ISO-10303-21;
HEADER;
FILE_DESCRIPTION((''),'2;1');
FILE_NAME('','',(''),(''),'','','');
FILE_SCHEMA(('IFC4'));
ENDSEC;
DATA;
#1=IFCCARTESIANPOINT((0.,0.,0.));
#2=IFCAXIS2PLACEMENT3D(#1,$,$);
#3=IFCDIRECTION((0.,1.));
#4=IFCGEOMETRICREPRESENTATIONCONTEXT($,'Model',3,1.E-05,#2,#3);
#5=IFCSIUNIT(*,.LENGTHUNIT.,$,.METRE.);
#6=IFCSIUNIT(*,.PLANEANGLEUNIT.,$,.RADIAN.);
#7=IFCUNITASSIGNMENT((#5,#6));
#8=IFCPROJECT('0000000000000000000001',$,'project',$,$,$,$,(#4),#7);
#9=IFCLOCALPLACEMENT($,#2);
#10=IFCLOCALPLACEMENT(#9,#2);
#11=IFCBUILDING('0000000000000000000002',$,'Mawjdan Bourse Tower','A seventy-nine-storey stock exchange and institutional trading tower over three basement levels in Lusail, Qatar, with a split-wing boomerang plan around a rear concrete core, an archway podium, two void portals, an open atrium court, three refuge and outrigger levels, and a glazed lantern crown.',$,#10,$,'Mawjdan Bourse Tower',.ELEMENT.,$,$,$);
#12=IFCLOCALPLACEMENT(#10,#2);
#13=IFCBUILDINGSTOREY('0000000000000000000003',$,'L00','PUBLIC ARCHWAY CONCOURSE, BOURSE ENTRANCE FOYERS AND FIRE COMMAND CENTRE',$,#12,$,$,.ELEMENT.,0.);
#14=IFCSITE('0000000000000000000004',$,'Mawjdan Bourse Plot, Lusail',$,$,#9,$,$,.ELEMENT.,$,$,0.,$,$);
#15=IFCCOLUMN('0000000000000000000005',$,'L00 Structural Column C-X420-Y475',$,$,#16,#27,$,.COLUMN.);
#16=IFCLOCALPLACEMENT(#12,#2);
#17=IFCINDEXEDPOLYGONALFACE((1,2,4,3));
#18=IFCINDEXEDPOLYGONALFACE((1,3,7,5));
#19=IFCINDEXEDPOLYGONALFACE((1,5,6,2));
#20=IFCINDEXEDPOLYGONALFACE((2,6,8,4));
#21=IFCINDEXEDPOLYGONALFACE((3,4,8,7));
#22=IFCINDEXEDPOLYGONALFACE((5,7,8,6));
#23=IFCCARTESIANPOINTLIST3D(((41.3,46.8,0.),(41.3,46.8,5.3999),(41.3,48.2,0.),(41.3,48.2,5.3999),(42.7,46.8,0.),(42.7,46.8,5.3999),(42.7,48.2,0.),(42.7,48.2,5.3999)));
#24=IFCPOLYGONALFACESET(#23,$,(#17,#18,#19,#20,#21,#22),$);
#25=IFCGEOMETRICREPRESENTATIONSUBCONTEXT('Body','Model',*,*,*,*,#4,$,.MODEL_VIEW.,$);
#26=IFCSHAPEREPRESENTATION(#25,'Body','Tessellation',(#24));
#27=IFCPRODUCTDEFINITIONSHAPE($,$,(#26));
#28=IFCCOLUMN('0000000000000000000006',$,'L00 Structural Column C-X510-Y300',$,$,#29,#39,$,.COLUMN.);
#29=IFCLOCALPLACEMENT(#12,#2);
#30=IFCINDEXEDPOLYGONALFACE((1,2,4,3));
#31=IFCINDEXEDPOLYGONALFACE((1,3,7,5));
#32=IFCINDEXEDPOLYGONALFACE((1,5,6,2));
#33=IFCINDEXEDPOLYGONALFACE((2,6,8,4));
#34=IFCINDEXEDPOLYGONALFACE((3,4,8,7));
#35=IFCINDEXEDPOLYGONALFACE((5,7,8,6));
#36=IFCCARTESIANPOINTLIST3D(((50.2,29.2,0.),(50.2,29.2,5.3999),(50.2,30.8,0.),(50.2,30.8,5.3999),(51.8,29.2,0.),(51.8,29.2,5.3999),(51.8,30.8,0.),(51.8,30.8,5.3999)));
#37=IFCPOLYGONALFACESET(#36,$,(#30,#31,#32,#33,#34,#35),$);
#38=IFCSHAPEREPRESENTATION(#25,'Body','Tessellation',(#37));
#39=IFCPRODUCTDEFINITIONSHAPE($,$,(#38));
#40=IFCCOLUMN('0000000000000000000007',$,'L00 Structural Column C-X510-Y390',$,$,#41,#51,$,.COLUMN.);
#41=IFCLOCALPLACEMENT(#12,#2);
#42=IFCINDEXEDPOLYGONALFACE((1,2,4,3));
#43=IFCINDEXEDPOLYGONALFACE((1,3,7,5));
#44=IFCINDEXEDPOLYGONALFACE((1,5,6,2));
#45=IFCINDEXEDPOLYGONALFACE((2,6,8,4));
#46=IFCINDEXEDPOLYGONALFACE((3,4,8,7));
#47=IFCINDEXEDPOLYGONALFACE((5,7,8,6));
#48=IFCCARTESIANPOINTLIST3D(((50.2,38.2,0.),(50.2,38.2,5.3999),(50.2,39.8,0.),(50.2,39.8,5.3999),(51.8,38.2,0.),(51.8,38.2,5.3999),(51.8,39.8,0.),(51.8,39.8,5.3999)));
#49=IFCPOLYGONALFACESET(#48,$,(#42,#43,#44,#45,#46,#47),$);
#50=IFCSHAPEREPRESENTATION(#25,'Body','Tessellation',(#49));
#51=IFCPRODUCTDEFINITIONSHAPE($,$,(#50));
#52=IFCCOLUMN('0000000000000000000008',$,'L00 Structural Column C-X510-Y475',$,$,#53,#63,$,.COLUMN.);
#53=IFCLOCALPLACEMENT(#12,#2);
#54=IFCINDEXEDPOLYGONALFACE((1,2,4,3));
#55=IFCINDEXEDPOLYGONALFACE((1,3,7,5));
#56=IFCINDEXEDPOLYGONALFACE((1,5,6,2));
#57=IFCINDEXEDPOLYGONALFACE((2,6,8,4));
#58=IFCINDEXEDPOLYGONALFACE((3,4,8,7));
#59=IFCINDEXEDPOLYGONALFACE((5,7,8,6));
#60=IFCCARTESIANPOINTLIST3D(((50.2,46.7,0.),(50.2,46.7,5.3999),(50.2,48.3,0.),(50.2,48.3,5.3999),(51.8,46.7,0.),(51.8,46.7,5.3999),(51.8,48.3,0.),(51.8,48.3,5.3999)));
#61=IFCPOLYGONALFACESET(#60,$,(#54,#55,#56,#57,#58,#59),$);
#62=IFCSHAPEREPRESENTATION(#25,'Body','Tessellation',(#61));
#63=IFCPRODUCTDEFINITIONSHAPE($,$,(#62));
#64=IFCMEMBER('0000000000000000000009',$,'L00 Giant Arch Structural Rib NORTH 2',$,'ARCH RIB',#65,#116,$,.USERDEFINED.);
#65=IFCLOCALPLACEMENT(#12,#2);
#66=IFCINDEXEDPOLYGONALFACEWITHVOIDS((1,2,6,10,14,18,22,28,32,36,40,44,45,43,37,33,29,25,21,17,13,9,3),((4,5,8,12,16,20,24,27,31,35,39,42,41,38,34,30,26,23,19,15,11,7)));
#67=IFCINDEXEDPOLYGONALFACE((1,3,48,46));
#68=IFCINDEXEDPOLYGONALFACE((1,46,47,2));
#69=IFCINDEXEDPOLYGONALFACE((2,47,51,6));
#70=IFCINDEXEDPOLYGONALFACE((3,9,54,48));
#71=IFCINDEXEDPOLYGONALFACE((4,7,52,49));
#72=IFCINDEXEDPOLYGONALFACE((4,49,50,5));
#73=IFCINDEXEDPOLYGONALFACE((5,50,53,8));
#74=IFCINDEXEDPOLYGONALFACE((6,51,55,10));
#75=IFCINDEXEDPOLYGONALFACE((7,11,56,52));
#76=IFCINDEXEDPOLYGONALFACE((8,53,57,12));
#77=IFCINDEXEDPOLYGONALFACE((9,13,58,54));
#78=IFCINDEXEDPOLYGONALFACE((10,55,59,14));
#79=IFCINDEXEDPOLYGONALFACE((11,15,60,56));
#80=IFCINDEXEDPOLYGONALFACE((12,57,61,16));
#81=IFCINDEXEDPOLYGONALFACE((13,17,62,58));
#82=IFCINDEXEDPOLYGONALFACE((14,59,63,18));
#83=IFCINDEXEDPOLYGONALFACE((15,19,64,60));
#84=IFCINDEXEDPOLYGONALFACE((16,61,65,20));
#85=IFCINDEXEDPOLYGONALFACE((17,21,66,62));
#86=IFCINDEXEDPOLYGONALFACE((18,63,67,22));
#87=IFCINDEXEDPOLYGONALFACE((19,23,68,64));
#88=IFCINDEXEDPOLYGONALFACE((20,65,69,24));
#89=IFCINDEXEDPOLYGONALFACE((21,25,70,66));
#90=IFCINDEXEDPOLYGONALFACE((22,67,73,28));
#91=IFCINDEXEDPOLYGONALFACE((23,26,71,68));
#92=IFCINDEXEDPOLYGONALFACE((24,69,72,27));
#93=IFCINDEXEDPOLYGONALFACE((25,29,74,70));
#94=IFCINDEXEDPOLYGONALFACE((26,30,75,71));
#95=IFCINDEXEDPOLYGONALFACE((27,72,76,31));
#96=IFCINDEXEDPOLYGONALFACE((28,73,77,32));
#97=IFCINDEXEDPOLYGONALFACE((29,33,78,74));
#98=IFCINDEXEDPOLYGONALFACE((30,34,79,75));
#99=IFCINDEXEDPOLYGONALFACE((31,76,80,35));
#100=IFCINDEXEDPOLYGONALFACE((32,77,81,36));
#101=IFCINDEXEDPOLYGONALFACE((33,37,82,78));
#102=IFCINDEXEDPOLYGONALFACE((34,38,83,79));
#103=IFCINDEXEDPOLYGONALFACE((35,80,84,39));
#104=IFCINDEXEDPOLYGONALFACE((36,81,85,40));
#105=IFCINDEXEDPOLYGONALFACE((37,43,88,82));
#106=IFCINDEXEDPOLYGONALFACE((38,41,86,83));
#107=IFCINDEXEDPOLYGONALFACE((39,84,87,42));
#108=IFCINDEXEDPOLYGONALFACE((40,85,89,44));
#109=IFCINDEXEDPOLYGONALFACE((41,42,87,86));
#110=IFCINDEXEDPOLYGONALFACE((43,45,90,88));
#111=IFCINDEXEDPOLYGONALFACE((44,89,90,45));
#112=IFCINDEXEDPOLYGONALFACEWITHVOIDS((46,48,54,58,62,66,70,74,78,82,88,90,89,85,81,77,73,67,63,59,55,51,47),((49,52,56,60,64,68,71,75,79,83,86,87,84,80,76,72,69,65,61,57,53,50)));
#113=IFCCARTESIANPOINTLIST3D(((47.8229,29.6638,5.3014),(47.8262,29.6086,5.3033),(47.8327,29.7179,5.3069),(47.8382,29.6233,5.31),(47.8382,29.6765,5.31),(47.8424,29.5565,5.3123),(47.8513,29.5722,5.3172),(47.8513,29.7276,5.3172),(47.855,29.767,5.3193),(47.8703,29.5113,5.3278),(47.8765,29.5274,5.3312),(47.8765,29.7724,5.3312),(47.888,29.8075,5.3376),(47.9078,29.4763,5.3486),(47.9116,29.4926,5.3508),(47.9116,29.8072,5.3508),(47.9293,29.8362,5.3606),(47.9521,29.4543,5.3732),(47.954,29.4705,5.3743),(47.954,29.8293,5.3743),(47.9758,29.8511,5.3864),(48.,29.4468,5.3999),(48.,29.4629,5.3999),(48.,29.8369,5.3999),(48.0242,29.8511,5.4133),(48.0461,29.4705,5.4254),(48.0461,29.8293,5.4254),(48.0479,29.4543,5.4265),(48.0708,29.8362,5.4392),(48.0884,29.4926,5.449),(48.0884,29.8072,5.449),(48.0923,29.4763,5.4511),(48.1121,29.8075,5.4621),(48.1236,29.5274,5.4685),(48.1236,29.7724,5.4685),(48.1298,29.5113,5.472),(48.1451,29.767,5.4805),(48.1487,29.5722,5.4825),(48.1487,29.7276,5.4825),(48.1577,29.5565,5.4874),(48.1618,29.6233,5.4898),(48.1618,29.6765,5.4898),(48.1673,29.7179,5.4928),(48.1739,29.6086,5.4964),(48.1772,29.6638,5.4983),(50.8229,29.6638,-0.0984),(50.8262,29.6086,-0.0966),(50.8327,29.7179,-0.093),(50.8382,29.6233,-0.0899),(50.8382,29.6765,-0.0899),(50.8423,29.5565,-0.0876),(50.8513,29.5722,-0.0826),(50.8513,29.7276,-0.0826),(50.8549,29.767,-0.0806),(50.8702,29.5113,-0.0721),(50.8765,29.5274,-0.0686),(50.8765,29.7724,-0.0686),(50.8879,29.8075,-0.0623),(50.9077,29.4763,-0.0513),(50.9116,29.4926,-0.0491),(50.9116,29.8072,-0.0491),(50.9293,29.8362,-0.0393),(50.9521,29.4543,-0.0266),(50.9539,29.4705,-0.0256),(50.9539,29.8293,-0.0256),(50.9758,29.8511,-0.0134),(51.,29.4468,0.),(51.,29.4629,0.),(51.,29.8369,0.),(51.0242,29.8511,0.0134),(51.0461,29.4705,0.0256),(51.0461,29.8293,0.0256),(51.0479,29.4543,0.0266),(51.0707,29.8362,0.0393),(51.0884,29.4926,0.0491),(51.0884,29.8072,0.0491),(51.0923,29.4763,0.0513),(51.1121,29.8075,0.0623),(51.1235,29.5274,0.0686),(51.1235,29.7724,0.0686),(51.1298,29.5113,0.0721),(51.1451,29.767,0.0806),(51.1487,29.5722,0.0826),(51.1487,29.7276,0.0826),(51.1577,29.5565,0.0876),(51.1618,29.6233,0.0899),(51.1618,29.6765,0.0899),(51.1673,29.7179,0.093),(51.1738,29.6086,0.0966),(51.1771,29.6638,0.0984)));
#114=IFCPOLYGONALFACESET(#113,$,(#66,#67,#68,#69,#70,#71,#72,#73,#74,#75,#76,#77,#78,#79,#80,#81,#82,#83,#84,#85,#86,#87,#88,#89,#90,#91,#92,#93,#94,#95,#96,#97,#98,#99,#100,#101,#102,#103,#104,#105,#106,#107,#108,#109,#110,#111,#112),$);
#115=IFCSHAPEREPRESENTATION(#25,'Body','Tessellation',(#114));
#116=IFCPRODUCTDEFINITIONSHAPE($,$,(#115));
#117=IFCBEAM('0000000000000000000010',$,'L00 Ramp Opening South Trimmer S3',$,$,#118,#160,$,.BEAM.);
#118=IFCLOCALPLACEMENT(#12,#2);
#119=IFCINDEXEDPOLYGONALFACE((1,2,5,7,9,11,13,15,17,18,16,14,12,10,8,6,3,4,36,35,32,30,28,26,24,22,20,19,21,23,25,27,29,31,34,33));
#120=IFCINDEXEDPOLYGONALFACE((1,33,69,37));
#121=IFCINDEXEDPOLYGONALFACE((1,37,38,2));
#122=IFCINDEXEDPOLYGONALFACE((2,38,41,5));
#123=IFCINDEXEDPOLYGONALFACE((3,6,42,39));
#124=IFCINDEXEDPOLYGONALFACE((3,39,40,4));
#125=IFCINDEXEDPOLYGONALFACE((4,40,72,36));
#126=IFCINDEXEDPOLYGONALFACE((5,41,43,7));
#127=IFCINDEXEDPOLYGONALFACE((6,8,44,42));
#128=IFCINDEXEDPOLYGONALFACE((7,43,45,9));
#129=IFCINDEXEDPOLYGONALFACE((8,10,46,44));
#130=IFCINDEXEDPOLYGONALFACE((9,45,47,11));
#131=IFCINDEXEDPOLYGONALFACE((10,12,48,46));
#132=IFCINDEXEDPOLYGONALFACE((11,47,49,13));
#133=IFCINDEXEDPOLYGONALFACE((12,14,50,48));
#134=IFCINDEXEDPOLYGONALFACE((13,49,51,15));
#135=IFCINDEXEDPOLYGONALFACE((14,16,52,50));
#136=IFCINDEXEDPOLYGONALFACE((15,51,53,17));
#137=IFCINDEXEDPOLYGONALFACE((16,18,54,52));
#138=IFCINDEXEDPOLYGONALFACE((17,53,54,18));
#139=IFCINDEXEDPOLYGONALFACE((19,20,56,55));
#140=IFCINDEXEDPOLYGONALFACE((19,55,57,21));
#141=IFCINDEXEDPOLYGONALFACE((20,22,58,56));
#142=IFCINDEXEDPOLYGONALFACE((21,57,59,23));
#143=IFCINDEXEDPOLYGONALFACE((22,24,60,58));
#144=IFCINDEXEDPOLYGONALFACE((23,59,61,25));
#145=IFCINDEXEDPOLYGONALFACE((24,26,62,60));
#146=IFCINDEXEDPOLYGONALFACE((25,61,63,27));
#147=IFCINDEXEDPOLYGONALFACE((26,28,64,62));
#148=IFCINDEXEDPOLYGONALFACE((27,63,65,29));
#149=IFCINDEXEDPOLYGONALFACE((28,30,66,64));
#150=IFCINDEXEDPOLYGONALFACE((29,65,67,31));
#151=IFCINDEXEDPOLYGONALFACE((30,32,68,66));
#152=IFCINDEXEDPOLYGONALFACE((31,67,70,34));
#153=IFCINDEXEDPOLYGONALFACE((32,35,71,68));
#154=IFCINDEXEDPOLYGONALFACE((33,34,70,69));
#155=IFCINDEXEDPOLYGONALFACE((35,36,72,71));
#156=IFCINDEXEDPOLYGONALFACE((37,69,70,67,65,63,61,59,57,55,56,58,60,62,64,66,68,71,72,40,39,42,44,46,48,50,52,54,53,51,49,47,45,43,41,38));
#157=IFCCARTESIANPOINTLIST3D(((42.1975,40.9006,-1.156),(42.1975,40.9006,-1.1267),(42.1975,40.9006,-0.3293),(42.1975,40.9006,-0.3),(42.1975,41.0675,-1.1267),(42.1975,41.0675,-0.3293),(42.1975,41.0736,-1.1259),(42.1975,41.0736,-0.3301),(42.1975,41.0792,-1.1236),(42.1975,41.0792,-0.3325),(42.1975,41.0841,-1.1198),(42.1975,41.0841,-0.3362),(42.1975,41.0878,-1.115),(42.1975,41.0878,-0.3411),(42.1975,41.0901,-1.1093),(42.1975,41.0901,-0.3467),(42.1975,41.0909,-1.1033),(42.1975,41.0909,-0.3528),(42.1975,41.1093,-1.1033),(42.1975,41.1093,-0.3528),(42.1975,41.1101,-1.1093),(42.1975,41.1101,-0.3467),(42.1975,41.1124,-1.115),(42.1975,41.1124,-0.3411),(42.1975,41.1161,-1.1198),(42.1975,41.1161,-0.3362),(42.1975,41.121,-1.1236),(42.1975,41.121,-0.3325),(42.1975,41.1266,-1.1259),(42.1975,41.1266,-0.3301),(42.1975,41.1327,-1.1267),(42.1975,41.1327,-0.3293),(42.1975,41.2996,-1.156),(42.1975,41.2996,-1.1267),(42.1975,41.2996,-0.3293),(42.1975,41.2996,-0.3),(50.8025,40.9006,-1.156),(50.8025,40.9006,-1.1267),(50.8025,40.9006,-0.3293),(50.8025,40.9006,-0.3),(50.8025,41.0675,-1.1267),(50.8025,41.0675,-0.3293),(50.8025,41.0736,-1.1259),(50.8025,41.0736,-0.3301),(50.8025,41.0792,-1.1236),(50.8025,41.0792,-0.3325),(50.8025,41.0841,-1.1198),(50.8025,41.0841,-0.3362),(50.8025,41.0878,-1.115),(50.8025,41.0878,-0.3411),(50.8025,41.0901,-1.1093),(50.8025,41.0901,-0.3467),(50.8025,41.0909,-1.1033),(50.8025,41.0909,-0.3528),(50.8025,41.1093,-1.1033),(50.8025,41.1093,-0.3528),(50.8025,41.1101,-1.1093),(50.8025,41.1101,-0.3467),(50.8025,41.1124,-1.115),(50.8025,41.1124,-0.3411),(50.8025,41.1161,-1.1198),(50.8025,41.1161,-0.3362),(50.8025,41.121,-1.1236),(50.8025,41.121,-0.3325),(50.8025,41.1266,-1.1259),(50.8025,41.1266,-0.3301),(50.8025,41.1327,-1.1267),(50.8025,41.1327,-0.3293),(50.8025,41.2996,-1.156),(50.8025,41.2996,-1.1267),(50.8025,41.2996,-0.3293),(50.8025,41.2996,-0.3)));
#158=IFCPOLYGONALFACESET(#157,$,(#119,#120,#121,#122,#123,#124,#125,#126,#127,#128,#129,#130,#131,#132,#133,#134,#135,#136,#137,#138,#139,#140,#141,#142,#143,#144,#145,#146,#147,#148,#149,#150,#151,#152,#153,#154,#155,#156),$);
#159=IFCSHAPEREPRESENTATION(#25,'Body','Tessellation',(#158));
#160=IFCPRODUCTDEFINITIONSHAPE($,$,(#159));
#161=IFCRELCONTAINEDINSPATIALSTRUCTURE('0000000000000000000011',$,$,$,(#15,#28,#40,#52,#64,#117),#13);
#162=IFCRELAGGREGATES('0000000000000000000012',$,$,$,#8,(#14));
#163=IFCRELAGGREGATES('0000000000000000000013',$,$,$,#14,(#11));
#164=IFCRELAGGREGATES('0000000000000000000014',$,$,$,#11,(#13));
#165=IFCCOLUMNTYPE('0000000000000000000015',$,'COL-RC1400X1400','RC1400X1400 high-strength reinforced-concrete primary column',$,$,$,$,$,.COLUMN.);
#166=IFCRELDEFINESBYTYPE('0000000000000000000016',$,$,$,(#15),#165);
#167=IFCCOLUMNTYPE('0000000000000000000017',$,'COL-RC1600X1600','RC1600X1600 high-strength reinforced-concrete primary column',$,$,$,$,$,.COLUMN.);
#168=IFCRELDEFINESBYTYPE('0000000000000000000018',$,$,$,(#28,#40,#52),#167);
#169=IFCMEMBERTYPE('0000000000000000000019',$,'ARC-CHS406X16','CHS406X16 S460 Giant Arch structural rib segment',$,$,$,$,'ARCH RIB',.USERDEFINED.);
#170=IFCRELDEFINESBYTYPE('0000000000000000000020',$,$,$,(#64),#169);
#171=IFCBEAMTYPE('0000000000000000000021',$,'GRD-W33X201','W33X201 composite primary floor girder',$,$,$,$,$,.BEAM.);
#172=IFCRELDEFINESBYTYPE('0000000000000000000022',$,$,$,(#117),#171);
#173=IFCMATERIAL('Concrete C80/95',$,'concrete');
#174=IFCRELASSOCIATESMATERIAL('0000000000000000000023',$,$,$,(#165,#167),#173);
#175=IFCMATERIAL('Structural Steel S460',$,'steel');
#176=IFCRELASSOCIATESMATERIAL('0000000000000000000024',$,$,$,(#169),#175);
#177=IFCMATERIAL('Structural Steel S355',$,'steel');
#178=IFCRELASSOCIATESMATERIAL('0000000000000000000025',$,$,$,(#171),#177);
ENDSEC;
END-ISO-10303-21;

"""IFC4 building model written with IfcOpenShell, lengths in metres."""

from ifc_helpers import new_model, si_unit, direction, frame, origin, origin_2d, place, context, subcontext, project, spatial, rectangle, hollow_circle, i_section, extrude, material, material_profile, profile_set, type_object, element, save


model = new_model("IFC4")

# Units and contexts
model_context = context("Model", 3, precision=1e-05, world=origin(), true_north=direction((0.0, 1.0)))
body_context = subcontext(model_context, "Body", "Model", "MODEL_VIEW")
ifc_project = project(units=[si_unit("LENGTHUNIT", "METRE"), si_unit("PLANEANGLEUNIT", "RADIAN")], contexts=[model_context])

# Site, building, storey
site_placement = place(None, origin())
site = spatial("IfcSite", under=ifc_project, at=site_placement, Name="Mawjdan Bourse Plot, Lusail", CompositionType="ELEMENT", RefElevation=0.0)
building_placement = place(site_placement, origin())
building = spatial("IfcBuilding", under=site, at=building_placement, Name="Mawjdan Bourse Tower", Description="A seventy-nine-storey stock exchange and institutional trading tower over three basement levels in Lusail, Qatar, with a split-wing boomerang plan around a rear concrete core, an archway podium, two void portals, an open atrium court, three refuge and outrigger levels, and a glazed lantern crown.", LongName="Mawjdan Bourse Tower", CompositionType="ELEMENT")
storey_placement = place(building_placement, origin())
storey = spatial("IfcBuildingStorey", under=building, at=storey_placement, Name="L00", Description="PUBLIC ARCHWAY CONCOURSE, BOURSE ENTRANCE FOYERS AND FIRE COMMAND CENTRE", CompositionType="ELEMENT", Elevation=0.0)

# Columns
ifc_material_1 = material(Name="Concrete C80/95", Category="concrete")
ifc_material_profile_1 = material_profile(ifc_material_1, rectangle(XDim=1.3999, YDim=1.3999, at=origin_2d()), Name="RC1400X1400")
ifc_profile_set_1 = profile_set([ifc_material_profile_1], Name="Concrete C80/95")
column_type_1 = type_object("IfcColumnType", Name="COL-RC1400X1400", Description="RC1400X1400 high-strength reinforced-concrete primary column", PredefinedType="COLUMN", material=ifc_profile_set_1)
column_placement = place(storey_placement, frame((42.0, 47.5, 0.0), z_axis=(0.0, 0.0, 1.0), x_axis=(1.0, 0.0, 0.0)))
element("IfcColumn", 1, at=column_placement, inside=storey, type_object=column_type_1, Name="L00 Structural Column C-X420-Y475", PredefinedType="COLUMN", context=body_context, shape_type="SweptSolid", body=[
    extrude(rectangle(XDim=1.3999, YDim=1.3999, at=origin_2d()), origin(), (0.0, 0.0, 1.0), 5.3999),
])
ifc_material_profile_2 = material_profile(ifc_material_1, rectangle(XDim=1.6001, YDim=1.6001, at=origin_2d()), Name="RC1600X1600")
ifc_profile_set_2 = profile_set([ifc_material_profile_2], Name="Concrete C80/95")
column_type_2 = type_object("IfcColumnType", Name="COL-RC1600X1600", Description="RC1600X1600 high-strength reinforced-concrete primary column", PredefinedType="COLUMN", material=ifc_profile_set_2)
for number, where, z_axis, x_axis, name in (
    (2, (51.0, 30.0, 0.0), (0.0, 0.0, 1.0), (1.0, 0.0, 0.0), "L00 Structural Column C-X510-Y300"),
    (3, (51.0, 39.0, 0.0), (0.0, 0.0, 1.0), (1.0, 0.0, 0.0), "L00 Structural Column C-X510-Y390"),
    (4, (51.0, 47.5, 0.0), (0.0, 0.0, 1.0), (1.0, 0.0, 0.0), "L00 Structural Column C-X510-Y475"),
):
    element("IfcColumn", number, at=place(storey_placement, frame(where, z_axis=z_axis, x_axis=x_axis)), inside=storey, type_object=column_type_2, Name=name, PredefinedType="COLUMN", context=body_context, shape_type="SweptSolid", body=[
        extrude(rectangle(XDim=1.6001, YDim=1.6001, at=origin_2d()), origin(), (0.0, 0.0, 1.0), 5.3999),
    ])

# Member
ifc_material_2 = material(Name="Structural Steel S460", Category="steel")
ifc_material_profile_3 = material_profile(ifc_material_2, hollow_circle(Radius=0.2031, WallThickness=0.0161, at=origin_2d()), Name="CHS406X16")
ifc_profile_set_3 = profile_set([ifc_material_profile_3], Name="Structural Steel S460")
member_type_1 = type_object("IfcMemberType", Name="ARC-CHS406X16", Description="CHS406X16 S460 Giant Arch structural rib segment", ElementType="ARCH RIB", PredefinedType="USERDEFINED", material=ifc_profile_set_3)
member_1_placement = place(storey_placement, frame((51.0, 29.6499, 0.0), z_axis=(-0.48565, 0.0, 0.874154), x_axis=(0.0, -1.0, 0.0)))
element("IfcMember", 5, at=member_1_placement, inside=storey, type_object=member_type_1, Name="L00 Giant Arch Structural Rib NORTH 2", ObjectType="ARCH RIB", PredefinedType="USERDEFINED", context=body_context, shape_type="SweptSolid", body=[
    extrude(hollow_circle(Radius=0.2031, WallThickness=0.0161, at=origin_2d()), origin(), (0.0, 0.0, 1.0), 6.1772),
])

# Beam
ifc_material_3 = material(Name="Structural Steel S355", Category="steel")
ifc_material_profile_4 = material_profile(ifc_material_3, i_section(OverallWidth=0.3989, OverallDepth=0.856, WebThickness=0.0183, FlangeThickness=0.0293, FilletRadius=0.0234, at=origin_2d()), Name="W33X201")
ifc_profile_set_4 = profile_set([ifc_material_profile_4], Name="Structural Steel S355")
beam_type_1 = type_object("IfcBeamType", Name="GRD-W33X201", Description="W33X201 composite primary floor girder", PredefinedType="BEAM", material=ifc_profile_set_4)
beam_1_placement = place(storey_placement, frame((42.1975, 41.1001, -0.728), z_axis=(1.0, 0.0, 0.0), x_axis=(0.0, 1.0, 0.0)))
element("IfcBeam", 6, at=beam_1_placement, inside=storey, type_object=beam_type_1, Name="L00 Ramp Opening South Trimmer S3", PredefinedType="BEAM", context=body_context, shape_type="SweptSolid", body=[
    extrude(i_section(OverallWidth=0.3989, OverallDepth=0.856, WebThickness=0.0183, FlangeThickness=0.0293, FilletRadius=0.0234, at=origin_2d()), origin(), (0.0, 0.0, 1.0), 8.605),
])

save(model, "model.ifc")
